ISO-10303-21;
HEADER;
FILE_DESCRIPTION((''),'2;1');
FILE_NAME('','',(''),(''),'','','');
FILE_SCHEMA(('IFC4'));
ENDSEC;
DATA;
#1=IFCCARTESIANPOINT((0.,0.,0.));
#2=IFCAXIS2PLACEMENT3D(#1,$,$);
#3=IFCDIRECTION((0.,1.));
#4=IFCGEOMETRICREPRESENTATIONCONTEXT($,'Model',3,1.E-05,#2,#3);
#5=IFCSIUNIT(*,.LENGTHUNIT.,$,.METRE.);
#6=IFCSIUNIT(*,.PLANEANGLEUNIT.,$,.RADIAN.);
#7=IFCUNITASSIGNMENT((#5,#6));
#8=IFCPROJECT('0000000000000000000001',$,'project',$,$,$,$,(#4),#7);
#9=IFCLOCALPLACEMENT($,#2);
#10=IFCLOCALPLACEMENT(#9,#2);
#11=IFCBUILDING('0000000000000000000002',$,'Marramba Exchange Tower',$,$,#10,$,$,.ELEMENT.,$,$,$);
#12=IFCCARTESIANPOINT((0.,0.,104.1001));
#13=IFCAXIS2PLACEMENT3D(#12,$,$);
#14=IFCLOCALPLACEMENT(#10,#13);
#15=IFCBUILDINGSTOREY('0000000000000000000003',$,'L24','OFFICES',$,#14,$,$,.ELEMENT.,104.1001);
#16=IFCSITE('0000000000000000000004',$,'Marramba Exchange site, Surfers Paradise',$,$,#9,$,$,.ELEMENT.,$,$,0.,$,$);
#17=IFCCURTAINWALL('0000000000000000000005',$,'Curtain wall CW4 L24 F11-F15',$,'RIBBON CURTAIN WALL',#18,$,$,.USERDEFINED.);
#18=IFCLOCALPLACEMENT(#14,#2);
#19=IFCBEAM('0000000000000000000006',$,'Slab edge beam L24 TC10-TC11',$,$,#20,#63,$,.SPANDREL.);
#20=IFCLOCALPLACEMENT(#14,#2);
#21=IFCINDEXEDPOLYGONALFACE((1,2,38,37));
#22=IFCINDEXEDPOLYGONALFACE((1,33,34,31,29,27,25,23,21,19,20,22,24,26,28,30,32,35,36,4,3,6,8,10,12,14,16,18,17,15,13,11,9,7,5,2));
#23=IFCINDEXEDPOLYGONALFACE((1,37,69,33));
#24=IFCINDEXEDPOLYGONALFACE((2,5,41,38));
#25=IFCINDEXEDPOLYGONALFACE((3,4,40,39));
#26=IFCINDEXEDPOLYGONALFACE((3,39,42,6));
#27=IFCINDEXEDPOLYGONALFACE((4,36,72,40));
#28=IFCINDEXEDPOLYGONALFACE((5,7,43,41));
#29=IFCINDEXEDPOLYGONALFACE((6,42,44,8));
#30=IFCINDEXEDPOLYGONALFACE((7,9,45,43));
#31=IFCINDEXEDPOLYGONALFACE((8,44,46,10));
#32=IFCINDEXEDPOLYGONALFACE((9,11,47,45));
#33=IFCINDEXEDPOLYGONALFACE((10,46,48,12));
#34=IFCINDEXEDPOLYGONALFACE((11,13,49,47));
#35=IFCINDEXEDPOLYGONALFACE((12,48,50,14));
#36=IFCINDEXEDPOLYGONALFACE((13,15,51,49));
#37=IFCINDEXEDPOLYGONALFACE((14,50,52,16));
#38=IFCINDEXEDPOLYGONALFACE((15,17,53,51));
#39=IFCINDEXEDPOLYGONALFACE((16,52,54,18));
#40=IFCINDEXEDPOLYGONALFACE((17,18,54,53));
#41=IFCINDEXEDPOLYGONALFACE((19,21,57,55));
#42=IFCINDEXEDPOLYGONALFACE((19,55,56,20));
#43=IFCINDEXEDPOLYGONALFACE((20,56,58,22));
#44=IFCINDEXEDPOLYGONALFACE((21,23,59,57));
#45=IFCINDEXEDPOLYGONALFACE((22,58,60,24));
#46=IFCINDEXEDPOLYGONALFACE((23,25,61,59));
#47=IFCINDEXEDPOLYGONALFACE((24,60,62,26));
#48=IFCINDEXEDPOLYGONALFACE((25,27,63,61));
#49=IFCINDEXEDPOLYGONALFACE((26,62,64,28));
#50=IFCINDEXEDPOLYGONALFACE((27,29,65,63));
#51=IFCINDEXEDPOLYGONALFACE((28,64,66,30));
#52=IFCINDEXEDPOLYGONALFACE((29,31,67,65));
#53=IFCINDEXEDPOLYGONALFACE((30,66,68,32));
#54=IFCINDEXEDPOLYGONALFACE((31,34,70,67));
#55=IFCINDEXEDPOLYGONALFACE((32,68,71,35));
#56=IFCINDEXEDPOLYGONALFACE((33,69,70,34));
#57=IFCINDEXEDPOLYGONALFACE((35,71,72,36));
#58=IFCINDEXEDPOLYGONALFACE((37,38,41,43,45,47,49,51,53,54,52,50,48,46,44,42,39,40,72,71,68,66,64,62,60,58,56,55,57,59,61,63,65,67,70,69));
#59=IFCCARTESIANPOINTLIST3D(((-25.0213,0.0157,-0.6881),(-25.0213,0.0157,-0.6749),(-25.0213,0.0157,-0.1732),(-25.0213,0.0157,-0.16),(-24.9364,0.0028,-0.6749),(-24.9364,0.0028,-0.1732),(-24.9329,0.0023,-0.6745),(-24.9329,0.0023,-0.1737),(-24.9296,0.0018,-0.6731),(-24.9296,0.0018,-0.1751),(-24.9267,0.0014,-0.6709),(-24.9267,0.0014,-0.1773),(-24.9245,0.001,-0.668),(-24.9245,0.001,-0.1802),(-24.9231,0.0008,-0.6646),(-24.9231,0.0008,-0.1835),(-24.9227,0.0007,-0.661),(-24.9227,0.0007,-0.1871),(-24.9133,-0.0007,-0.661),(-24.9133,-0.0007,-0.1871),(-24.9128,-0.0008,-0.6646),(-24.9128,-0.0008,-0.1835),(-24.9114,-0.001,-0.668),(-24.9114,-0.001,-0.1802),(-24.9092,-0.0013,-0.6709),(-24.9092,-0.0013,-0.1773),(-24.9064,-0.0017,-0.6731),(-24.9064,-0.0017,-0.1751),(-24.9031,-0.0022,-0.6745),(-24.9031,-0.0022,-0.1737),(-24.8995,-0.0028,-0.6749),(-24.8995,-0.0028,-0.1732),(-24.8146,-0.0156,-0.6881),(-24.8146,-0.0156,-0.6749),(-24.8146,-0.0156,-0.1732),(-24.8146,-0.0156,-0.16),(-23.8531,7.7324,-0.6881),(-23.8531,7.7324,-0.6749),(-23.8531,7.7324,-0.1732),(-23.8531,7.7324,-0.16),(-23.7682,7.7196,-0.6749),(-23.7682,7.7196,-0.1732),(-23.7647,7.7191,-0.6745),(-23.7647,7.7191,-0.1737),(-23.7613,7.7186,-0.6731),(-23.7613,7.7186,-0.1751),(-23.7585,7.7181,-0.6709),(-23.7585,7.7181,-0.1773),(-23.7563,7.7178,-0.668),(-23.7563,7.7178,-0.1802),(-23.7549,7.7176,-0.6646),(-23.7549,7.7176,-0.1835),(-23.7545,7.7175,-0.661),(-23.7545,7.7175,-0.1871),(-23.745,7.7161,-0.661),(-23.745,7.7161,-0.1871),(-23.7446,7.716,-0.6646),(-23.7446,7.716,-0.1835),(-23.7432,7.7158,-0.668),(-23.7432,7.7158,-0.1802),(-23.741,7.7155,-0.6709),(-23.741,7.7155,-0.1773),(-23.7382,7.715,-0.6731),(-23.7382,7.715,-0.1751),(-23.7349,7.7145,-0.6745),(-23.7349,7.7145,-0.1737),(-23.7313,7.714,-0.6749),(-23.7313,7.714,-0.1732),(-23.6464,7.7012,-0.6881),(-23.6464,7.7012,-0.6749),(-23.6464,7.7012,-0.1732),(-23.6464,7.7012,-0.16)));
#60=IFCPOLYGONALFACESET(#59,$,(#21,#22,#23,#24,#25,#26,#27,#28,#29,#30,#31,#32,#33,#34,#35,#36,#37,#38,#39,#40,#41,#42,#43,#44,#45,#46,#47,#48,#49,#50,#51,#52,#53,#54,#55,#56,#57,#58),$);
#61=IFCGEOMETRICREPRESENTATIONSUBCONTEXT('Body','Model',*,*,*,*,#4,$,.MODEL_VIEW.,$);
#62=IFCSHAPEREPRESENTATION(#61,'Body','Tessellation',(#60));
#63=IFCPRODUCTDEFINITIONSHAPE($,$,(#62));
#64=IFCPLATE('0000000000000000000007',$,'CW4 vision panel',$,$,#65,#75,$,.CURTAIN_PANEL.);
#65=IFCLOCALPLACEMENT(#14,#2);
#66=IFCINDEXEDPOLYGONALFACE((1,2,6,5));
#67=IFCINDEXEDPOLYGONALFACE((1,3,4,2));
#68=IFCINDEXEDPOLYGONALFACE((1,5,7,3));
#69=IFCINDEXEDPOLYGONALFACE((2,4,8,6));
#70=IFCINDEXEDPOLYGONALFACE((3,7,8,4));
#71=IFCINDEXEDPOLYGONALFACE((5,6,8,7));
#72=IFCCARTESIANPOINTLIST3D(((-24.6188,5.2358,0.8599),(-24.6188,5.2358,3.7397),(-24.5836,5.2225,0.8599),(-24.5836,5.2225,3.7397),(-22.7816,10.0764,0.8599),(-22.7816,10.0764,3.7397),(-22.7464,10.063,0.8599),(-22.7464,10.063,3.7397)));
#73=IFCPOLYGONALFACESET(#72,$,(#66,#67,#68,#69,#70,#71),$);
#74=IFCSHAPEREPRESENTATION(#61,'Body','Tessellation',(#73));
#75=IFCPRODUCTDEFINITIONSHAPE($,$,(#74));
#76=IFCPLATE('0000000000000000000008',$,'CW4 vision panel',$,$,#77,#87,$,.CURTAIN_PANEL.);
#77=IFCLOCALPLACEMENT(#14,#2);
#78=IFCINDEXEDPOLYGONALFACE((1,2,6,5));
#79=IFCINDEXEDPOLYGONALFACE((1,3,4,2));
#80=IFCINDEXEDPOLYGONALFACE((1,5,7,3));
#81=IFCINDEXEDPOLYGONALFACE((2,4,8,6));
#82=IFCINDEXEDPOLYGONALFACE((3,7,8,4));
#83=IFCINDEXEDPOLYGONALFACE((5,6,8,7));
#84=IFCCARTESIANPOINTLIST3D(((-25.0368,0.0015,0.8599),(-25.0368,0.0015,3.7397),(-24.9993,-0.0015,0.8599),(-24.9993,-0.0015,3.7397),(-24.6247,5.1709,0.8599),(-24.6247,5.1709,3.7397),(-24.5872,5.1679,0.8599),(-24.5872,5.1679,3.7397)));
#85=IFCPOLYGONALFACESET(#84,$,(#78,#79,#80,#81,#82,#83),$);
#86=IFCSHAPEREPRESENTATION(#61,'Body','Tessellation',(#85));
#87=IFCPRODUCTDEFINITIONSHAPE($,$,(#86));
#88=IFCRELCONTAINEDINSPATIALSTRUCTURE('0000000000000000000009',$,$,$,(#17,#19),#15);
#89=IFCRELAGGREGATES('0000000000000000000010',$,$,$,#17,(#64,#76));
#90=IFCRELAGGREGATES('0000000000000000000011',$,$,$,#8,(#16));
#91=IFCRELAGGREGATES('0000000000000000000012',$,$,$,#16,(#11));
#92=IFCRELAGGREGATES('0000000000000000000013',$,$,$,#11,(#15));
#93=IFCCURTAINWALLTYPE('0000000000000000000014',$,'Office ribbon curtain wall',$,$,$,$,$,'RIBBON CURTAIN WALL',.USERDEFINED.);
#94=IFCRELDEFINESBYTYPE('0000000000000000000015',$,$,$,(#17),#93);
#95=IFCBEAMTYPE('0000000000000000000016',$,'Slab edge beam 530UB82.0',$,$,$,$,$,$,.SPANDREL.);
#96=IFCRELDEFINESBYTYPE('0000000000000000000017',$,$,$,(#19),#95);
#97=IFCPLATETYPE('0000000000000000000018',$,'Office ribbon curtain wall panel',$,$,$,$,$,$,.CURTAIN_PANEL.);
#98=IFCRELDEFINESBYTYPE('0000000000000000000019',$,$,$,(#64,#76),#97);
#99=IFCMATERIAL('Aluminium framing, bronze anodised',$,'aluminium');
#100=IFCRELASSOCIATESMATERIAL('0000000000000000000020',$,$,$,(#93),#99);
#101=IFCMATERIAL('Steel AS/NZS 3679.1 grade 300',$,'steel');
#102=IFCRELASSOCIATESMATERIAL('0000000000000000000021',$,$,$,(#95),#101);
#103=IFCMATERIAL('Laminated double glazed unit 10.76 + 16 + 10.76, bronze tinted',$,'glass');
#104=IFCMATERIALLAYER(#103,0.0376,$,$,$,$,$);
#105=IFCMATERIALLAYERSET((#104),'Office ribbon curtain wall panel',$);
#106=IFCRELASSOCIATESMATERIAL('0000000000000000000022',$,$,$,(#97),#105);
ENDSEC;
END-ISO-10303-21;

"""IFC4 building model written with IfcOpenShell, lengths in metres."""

from ifc_helpers import new_model, si_unit, direction, frame, origin, origin_2d, place, context, subcontext, project, spatial, rectangle, i_section, extrude, material, layer, layer_set, material_profile, profile_set, type_object, element, aggregate, save


model = new_model("IFC4")

# Units and contexts
model_context = context("Model", 3, precision=1e-05, world=origin(), true_north=direction((0.0, 1.0)))
body_context = subcontext(model_context, "Body", "Model", "MODEL_VIEW")
ifc_project = project(units=[si_unit("LENGTHUNIT", "METRE"), si_unit("PLANEANGLEUNIT", "RADIAN")], contexts=[model_context])

# Site, building, storey
site_placement = place(None, origin())
site = spatial("IfcSite", under=ifc_project, at=site_placement, Name="Marramba Exchange site, Surfers Paradise", CompositionType="ELEMENT", RefElevation=0.0)
building_placement = place(site_placement, origin())
building = spatial("IfcBuilding", under=site, at=building_placement, Name="Marramba Exchange Tower", CompositionType="ELEMENT")
storey_placement = place(building_placement, frame((0.0, 0.0, 104.1001)))
storey = spatial("IfcBuildingStorey", under=building, at=storey_placement, Name="L24", Description="OFFICES", CompositionType="ELEMENT", Elevation=104.1001)

# Shared definitions
ifc_material_1 = material(Name="Steel AS/NZS 3679.1 grade 300", Category="steel")

# Curtain wall
ifc_material_2 = material(Name="Aluminium framing, bronze anodised", Category="aluminium")
curtain_wall_type = type_object("IfcCurtainWallType", Name="Office ribbon curtain wall", ElementType="RIBBON CURTAIN WALL", PredefinedType="USERDEFINED", material=ifc_material_2)
curtain_wall_placement = place(storey_placement, origin())
curtain_wall = element("IfcCurtainWall", 1, at=curtain_wall_placement, inside=storey, type_object=curtain_wall_type, Name="Curtain wall CW4 L24 F11-F15", ObjectType="RIBBON CURTAIN WALL", PredefinedType="USERDEFINED")

# Beam
ifc_material_profile_1 = material_profile(ifc_material_1, i_section(OverallWidth=0.209, OverallDepth=0.5281, WebThickness=0.0095, FlangeThickness=0.0132, FilletRadius=0.0139, at=origin_2d()), Name="530UB82.0")
ifc_profile_set_1 = profile_set([ifc_material_profile_1], Name="Steel AS/NZS 3679.1 grade 300")
beam_type_1 = type_object("IfcBeamType", Name="Slab edge beam 530UB82.0", PredefinedType="SPANDREL", material=ifc_profile_set_1)
beam_1_placement = place(storey_placement, frame((-23.7498, 7.7168, -0.4241), z_axis=(-0.14968, -0.988734, 0.0), x_axis=(0.988734, -0.14968, 0.0)))
element("IfcBeam", 2, at=beam_1_placement, inside=storey, type_object=beam_type_1, Name="Slab edge beam L24 TC10-TC11", PredefinedType="SPANDREL", context=body_context, shape_type="SweptSolid", body=[
    extrude(i_section(OverallWidth=0.209, OverallDepth=0.5281, WebThickness=0.0095, FlangeThickness=0.0132, FilletRadius=0.0139, at=origin_2d()), origin(), (0.0, 0.0, 1.0), 7.8047),
])

# Plates
ifc_material_3 = material(Name="Laminated double glazed unit 10.76 + 16 + 10.76, bronze tinted", Category="glass")
ifc_layer_1 = layer(ifc_material_3, 0.0376)
ifc_layer_set_1 = layer_set([ifc_layer_1], Name="Office ribbon curtain wall panel")
plate_type = type_object("IfcPlateType", Name="Office ribbon curtain wall panel", PredefinedType="CURTAIN_PANEL", material=ifc_layer_set_1)
plate_1_placement = place(storey_placement, frame((-23.6826, 7.6494, 0.8599), z_axis=(0.0, 0.0, 1.0), x_axis=(-0.354844, -0.934925, 0.0)))
plate_1 = element("IfcPlate", 3, at=plate_1_placement, type_object=plate_type, Name="CW4 vision panel", PredefinedType="CURTAIN_PANEL", context=body_context, shape_type="SweptSolid", body=[
    extrude(rectangle(XDim=5.1775, YDim=0.0376, at=origin_2d()), origin(), (0.0, 0.0, 1.0), 2.8799),
])
plate_2_placement = place(storey_placement, frame((-24.812, 2.5847, 0.8599), z_axis=(0.0, 0.0, 1.0), x_axis=(-0.07946, -0.996838, 0.0)))
plate_2 = element("IfcPlate", 4, at=plate_2_placement, type_object=plate_type, Name="CW4 vision panel", PredefinedType="CURTAIN_PANEL", context=body_context, shape_type="SweptSolid", body=[
    extrude(rectangle(XDim=5.1858, YDim=0.0376, at=origin_2d()), origin(), (0.0, 0.0, 1.0), 2.8799),
])
aggregate(curtain_wall, [plate_1, plate_2])

save(model, "model.ifc")
